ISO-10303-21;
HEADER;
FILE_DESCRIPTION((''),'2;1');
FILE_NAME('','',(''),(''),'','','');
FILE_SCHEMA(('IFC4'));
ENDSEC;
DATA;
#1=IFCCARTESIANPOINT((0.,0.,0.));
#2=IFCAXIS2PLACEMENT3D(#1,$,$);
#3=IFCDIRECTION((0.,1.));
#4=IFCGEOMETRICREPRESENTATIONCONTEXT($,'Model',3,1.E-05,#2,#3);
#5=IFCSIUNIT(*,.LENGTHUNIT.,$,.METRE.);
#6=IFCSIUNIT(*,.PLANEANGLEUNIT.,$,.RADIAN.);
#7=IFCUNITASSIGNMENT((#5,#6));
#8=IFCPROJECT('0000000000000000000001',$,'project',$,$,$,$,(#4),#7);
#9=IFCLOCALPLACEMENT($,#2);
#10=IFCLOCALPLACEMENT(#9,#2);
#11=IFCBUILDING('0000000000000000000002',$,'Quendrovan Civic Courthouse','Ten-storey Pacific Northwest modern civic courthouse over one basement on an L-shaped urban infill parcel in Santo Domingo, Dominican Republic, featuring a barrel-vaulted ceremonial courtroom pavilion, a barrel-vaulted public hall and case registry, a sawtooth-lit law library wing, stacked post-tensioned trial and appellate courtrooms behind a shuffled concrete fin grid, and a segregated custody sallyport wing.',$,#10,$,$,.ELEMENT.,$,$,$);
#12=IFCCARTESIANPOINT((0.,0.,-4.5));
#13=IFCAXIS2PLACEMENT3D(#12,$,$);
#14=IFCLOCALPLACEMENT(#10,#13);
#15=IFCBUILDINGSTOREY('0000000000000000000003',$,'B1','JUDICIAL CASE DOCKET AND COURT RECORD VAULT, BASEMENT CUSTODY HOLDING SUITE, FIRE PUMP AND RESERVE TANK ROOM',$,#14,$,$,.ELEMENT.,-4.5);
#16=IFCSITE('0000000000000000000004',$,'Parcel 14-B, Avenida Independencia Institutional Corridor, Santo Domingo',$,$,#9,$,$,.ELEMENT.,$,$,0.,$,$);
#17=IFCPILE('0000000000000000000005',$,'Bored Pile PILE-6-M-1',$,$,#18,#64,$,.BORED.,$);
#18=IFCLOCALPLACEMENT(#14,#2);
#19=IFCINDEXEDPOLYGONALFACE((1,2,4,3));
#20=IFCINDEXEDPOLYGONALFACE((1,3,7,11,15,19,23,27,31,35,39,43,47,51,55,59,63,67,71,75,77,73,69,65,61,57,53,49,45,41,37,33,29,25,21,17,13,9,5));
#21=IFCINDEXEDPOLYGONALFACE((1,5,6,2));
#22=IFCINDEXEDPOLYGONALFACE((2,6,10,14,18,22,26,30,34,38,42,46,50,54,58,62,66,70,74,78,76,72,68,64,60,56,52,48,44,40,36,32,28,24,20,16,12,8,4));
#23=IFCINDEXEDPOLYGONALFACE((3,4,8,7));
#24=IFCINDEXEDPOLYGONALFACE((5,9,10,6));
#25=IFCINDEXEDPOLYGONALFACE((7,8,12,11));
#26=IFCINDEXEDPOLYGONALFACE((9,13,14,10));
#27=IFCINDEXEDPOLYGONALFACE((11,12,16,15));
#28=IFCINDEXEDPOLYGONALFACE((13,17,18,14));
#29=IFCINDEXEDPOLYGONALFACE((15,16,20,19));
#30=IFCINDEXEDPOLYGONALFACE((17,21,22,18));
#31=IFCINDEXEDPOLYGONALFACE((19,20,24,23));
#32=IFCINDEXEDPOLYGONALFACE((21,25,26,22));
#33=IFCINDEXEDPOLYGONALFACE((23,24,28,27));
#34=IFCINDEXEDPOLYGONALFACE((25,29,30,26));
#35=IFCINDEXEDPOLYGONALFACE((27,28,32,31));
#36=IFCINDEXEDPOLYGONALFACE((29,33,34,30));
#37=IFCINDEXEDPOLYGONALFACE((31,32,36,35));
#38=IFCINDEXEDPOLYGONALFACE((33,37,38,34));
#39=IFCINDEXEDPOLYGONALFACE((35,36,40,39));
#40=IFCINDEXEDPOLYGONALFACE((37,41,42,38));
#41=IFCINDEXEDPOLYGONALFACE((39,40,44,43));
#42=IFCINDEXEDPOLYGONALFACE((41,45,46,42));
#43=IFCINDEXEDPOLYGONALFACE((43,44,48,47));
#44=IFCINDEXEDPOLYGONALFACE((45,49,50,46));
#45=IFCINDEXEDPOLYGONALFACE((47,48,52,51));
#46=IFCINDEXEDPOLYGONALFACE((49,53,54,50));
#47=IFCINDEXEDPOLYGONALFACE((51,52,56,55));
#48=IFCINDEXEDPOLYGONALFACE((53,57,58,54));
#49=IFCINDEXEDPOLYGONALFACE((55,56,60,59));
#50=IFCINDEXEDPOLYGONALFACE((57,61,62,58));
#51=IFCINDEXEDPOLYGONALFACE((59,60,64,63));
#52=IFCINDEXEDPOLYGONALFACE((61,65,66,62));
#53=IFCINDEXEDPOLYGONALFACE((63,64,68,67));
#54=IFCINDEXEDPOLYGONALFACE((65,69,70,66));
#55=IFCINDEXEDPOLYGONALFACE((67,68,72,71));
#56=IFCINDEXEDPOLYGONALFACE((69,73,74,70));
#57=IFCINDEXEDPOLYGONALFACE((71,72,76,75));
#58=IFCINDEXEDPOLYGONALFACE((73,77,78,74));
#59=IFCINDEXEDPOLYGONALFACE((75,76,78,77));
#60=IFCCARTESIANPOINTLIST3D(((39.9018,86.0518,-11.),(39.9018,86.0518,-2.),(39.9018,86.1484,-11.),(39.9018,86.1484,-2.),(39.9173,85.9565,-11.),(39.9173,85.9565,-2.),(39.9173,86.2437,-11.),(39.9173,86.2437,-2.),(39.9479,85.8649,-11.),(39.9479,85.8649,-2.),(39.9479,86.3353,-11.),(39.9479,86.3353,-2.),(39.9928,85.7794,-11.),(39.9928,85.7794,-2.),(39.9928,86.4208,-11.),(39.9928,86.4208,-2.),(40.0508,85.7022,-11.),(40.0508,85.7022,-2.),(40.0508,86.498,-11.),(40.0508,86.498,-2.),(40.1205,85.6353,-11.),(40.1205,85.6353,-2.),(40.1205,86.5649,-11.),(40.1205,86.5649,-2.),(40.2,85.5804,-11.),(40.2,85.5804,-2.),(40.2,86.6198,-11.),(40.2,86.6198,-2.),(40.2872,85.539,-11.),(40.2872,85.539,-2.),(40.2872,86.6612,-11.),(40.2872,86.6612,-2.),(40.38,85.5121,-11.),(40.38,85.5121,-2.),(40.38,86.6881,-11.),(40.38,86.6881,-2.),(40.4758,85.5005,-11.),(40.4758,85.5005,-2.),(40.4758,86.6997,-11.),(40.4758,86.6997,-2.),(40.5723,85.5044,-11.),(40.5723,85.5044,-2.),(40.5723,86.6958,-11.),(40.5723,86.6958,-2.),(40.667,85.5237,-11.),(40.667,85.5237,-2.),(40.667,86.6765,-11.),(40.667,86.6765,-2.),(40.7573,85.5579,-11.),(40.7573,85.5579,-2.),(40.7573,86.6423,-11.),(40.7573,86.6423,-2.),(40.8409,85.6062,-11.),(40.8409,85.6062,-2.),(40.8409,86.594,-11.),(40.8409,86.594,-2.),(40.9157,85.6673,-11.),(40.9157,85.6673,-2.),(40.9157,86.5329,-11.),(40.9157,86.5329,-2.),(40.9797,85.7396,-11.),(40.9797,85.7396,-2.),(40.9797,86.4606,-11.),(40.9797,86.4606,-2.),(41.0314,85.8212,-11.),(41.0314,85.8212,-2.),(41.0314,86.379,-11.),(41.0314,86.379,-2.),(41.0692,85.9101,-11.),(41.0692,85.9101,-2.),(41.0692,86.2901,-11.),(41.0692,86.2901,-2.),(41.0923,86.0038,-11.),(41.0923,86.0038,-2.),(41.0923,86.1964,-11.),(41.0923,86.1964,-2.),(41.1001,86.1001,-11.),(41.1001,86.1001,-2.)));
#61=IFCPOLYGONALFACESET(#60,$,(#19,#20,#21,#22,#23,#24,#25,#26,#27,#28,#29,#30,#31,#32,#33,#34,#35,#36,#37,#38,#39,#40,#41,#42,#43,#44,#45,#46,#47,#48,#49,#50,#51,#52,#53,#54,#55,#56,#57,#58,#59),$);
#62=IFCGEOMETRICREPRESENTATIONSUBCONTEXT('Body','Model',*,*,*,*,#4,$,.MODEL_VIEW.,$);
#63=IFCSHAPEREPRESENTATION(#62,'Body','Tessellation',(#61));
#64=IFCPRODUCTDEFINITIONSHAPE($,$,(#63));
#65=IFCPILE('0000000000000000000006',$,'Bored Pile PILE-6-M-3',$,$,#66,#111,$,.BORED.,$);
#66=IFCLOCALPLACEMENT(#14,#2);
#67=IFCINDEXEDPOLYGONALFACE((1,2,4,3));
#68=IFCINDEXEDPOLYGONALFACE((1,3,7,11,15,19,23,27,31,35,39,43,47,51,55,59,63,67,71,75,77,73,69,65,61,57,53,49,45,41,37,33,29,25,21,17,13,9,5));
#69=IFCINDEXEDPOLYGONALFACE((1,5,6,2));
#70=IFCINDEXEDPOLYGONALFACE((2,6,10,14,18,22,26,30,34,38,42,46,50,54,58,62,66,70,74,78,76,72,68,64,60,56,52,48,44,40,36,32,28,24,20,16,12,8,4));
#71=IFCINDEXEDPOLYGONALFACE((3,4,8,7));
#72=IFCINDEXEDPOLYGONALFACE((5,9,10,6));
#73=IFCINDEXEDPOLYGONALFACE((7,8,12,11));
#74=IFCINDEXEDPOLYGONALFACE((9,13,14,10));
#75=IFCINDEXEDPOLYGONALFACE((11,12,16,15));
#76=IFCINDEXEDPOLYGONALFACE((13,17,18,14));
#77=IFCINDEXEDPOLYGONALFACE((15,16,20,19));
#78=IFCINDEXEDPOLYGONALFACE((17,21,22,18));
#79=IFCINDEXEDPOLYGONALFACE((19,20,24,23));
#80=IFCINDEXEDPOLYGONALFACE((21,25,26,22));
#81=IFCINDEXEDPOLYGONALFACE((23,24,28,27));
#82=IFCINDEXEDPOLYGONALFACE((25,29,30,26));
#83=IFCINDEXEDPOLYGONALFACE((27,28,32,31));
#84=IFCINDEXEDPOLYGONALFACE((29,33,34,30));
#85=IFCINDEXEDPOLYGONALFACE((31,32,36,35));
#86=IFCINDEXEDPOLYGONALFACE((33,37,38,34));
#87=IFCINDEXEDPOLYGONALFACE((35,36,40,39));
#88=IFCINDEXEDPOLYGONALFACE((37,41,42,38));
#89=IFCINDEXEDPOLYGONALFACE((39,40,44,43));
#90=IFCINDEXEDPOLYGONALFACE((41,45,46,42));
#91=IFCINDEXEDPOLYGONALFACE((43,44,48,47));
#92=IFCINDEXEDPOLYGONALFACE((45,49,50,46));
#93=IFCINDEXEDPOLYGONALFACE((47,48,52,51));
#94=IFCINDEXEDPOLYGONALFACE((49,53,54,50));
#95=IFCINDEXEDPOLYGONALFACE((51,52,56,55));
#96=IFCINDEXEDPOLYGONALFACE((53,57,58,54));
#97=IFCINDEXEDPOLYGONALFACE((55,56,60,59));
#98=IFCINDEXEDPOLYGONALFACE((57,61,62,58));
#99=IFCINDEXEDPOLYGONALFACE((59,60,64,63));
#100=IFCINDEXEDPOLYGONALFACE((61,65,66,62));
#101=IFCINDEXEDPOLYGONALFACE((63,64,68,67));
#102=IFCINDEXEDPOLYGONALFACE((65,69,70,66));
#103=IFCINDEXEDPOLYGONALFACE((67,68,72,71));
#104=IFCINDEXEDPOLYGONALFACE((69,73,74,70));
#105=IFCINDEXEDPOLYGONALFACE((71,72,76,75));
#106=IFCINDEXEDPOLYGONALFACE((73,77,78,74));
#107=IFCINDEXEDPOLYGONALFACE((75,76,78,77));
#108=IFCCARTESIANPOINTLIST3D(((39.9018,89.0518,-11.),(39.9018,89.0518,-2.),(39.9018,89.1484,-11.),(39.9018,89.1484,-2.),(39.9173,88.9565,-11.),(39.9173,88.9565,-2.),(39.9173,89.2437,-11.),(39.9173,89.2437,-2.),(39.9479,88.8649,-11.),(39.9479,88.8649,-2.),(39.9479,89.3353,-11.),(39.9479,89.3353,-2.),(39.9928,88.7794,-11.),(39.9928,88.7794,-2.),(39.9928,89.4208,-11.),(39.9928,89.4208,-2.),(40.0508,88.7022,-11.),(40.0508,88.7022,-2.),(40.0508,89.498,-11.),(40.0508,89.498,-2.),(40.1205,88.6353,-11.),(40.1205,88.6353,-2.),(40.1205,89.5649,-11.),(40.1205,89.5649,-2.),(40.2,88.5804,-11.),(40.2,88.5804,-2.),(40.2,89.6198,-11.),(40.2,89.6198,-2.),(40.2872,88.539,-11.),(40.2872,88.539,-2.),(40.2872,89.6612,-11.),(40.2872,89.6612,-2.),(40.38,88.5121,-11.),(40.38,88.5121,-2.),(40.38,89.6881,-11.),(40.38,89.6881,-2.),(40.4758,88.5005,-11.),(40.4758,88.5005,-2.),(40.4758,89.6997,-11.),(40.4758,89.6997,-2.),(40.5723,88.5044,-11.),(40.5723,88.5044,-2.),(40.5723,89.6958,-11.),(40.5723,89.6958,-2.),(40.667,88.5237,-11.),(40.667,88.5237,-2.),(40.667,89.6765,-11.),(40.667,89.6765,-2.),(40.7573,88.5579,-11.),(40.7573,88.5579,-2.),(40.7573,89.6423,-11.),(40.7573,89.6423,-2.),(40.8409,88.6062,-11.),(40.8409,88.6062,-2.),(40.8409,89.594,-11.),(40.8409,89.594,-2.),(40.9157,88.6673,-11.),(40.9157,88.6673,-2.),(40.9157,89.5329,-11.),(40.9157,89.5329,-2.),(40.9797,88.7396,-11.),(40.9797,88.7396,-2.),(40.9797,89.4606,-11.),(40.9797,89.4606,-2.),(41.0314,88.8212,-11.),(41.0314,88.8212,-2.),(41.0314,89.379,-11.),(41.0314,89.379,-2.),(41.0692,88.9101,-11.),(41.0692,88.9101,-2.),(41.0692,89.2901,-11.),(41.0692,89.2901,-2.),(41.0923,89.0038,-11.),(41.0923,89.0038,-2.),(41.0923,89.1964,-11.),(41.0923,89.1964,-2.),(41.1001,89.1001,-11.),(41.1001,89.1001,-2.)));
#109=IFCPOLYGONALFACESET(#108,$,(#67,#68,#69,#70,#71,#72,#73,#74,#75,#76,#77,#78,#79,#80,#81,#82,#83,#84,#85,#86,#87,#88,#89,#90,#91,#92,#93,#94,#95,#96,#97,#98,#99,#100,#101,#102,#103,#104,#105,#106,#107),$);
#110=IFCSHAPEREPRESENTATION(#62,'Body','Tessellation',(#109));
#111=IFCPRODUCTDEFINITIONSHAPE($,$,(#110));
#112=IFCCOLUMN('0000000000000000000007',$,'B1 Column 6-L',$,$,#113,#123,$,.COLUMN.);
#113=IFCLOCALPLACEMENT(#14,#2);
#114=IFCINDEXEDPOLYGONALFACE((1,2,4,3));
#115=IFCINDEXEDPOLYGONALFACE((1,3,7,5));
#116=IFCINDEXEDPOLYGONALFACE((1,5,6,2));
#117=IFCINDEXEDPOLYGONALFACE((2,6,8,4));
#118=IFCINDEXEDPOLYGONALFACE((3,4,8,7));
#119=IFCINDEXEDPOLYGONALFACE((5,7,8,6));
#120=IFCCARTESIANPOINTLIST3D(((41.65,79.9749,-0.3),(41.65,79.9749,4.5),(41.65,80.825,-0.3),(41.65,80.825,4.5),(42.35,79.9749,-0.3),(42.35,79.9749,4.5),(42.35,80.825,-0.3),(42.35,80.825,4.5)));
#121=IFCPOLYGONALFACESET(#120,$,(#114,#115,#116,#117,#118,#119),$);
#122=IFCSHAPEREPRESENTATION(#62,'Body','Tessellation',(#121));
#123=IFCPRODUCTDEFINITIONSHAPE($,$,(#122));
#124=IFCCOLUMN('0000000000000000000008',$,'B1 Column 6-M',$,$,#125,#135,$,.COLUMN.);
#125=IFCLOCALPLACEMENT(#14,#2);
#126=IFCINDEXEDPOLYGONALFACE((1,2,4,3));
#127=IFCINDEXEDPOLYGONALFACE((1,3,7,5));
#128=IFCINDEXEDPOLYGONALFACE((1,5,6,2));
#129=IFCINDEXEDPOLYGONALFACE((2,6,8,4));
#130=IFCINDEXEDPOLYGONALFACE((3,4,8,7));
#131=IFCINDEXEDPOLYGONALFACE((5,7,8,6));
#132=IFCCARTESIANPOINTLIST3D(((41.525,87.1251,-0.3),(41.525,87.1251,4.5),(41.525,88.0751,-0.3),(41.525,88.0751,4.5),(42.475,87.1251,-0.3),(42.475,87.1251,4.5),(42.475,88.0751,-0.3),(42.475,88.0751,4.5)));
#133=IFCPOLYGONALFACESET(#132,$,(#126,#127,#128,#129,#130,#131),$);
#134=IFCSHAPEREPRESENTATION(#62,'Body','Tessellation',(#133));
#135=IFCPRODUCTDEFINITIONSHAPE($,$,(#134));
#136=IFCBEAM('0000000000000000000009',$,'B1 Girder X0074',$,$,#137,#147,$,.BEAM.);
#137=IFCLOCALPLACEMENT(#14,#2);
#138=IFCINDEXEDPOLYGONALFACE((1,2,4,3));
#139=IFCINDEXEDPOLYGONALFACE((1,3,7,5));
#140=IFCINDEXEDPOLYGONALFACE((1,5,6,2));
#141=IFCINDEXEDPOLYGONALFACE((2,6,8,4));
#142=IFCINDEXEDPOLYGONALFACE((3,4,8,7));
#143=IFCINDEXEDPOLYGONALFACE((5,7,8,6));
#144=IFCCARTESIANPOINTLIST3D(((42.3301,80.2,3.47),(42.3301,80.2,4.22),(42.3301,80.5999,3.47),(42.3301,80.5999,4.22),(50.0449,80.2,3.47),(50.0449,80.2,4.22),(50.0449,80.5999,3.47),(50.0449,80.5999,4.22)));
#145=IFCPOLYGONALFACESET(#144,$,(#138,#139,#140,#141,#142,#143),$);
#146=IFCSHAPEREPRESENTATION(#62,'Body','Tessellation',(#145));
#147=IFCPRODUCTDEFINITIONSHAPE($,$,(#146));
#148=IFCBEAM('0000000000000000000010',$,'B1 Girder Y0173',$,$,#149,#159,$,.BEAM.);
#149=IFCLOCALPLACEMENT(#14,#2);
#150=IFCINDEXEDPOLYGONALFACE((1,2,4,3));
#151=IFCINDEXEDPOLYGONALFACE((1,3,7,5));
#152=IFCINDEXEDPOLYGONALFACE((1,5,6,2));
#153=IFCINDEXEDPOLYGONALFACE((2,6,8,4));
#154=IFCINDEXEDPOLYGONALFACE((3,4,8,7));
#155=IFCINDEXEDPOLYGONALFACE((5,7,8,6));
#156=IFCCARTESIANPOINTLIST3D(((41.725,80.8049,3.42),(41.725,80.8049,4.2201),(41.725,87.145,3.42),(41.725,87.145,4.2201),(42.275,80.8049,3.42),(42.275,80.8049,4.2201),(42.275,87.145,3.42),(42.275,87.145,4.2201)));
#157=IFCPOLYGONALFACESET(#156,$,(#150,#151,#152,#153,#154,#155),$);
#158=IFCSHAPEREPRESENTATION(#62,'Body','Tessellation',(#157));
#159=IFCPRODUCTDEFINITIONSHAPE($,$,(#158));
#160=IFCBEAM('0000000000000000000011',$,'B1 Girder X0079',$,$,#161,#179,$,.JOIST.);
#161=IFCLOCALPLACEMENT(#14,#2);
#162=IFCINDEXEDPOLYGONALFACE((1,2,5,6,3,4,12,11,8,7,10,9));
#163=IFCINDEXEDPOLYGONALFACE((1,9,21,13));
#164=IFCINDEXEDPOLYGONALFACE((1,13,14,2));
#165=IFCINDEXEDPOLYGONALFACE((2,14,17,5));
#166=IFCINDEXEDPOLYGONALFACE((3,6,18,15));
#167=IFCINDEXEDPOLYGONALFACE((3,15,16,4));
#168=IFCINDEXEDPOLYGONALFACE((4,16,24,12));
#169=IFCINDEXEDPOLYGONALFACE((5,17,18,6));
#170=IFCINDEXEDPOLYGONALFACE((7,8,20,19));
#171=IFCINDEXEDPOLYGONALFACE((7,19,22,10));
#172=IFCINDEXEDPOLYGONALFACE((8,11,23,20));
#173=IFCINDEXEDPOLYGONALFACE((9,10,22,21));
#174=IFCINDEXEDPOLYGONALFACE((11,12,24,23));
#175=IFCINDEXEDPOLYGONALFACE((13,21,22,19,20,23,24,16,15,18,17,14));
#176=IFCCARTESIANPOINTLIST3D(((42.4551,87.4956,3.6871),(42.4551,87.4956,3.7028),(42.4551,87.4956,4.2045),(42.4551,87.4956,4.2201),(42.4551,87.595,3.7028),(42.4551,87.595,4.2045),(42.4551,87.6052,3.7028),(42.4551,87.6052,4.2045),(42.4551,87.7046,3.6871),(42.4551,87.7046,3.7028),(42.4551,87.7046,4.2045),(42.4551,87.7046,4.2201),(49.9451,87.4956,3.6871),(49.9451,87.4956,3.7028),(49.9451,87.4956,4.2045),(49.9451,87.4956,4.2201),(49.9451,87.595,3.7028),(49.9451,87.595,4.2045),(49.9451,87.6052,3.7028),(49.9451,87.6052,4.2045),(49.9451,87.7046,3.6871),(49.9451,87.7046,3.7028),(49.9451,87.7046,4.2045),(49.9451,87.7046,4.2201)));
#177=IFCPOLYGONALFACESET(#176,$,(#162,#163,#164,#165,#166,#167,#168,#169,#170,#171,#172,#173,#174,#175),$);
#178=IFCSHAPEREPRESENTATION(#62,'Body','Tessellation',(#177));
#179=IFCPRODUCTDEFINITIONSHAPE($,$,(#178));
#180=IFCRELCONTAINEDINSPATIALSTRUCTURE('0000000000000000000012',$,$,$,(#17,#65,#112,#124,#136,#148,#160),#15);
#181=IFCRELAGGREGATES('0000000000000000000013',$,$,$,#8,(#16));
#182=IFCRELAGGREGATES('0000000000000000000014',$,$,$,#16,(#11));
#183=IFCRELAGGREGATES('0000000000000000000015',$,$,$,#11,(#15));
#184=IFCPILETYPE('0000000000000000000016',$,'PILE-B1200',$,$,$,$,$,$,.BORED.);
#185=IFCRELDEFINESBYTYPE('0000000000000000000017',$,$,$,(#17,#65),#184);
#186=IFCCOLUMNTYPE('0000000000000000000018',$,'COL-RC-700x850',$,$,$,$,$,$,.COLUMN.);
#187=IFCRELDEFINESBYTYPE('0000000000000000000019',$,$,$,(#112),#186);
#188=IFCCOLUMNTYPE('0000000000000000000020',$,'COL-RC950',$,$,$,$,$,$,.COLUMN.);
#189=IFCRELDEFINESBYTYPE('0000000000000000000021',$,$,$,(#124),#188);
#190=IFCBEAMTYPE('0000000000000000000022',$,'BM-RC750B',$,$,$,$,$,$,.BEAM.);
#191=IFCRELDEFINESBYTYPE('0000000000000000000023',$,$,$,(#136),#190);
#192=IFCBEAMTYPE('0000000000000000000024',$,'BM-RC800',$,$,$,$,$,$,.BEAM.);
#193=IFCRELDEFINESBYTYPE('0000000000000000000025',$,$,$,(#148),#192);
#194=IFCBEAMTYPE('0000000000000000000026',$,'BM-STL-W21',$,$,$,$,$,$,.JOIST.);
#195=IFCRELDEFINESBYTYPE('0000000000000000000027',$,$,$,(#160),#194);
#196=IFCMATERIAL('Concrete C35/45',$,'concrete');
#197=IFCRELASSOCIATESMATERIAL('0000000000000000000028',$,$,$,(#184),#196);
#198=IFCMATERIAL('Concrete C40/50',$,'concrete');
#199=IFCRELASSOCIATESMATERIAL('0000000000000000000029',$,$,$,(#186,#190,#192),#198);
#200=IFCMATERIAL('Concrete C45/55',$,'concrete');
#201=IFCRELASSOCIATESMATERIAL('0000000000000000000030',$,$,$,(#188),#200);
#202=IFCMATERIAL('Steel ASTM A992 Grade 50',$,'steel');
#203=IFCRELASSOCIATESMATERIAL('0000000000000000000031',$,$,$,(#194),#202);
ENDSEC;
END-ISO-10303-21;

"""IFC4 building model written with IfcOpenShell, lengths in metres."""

from ifc_helpers import new_model, si_unit, direction, frame, origin, origin_2d, place, context, subcontext, project, spatial, rectangle, circle, i_section, extrude, material, material_profile, profile_set, type_object, element, save


model = new_model("IFC4")

# Units and contexts
model_context = context("Model", 3, precision=1e-05, world=origin(), true_north=direction((0.0, 1.0)))
body_context = subcontext(model_context, "Body", "Model", "MODEL_VIEW")
ifc_project = project(units=[si_unit("LENGTHUNIT", "METRE"), si_unit("PLANEANGLEUNIT", "RADIAN")], contexts=[model_context])

# Site, building, storey
site_placement = place(None, origin())
site = spatial("IfcSite", under=ifc_project, at=site_placement, Name="Parcel 14-B, Avenida Independencia Institutional Corridor, Santo Domingo", CompositionType="ELEMENT", RefElevation=0.0)
building_placement = place(site_placement, origin())
building = spatial("IfcBuilding", under=site, at=building_placement, Name="Quendrovan Civic Courthouse", Description="Ten-storey Pacific Northwest modern civic courthouse over one basement on an L-shaped urban infill parcel in Santo Domingo, Dominican Republic, featuring a barrel-vaulted ceremonial courtroom pavilion, a barrel-vaulted public hall and case registry, a sawtooth-lit law library wing, stacked post-tensioned trial and appellate courtrooms behind a shuffled concrete fin grid, and a segregated custody sallyport wing.", CompositionType="ELEMENT")
storey_placement = place(building_placement, frame((0.0, 0.0, -4.5)))
storey = spatial("IfcBuildingStorey", under=building, at=storey_placement, Name="B1", Description="JUDICIAL CASE DOCKET AND COURT RECORD VAULT, BASEMENT CUSTODY HOLDING SUITE, FIRE PUMP AND RESERVE TANK ROOM", CompositionType="ELEMENT", Elevation=-4.5)

# Shared definitions
ifc_material_1 = material(Name="Concrete C35/45", Category="concrete")

# Piles
ifc_material_profile_1 = material_profile(ifc_material_1, circle(Radius=0.6001, at=origin_2d()), Name="PILE-D1200")
ifc_profile_set_1 = profile_set([ifc_material_profile_1], Name="Concrete C35/45")
pile_type_1 = type_object("IfcPileType", Name="PILE-B1200", PredefinedType="BORED", material=ifc_profile_set_1)
for number, where, z_axis, x_axis, name in (
    (1, (40.5, 86.1001, -2.0), (0.0, 0.0, -1.0), (1.0, 0.0, 0.0), "Bored Pile PILE-6-M-1"),
    (2, (40.5, 89.1001, -2.0), (0.0, 0.0, -1.0), (1.0, 0.0, 0.0), "Bored Pile PILE-6-M-3"),
):
    element("IfcPile", number, at=place(storey_placement, frame(where, z_axis=z_axis, x_axis=x_axis)), inside=storey, type_object=pile_type_1, Name=name, PredefinedType="BORED", context=body_context, shape_type="SweptSolid", body=[
        extrude(circle(Radius=0.6001, at=origin_2d()), origin(), (0.0, 0.0, 1.0), 9.0),
    ])

# Columns
ifc_material_2 = material(Name="Concrete C40/50", Category="concrete")
ifc_material_profile_2 = material_profile(ifc_material_2, rectangle(XDim=0.7, YDim=0.8501, at=origin_2d()), Name="RC-COL-700x850")
ifc_profile_set_2 = profile_set([ifc_material_profile_2], Name="Concrete C40/50")
column_type_1 = type_object("IfcColumnType", Name="COL-RC-700x850", PredefinedType="COLUMN", material=ifc_profile_set_2)
column_1_placement = place(storey_placement, frame((42.0, 80.3999, -0.3), z_axis=(0.0, 0.0, 1.0), x_axis=(1.0, 0.0, 0.0)))
element("IfcColumn", 3, at=column_1_placement, inside=storey, type_object=column_type_1, Name="B1 Column 6-L", PredefinedType="COLUMN", context=body_context, shape_type="SweptSolid", body=[
    extrude(rectangle(XDim=0.7, YDim=0.8501, at=origin_2d()), origin(), (0.0, 0.0, 1.0), 4.8),
])
ifc_material_3 = material(Name="Concrete C45/55", Category="concrete")
ifc_material_profile_3 = material_profile(ifc_material_3, rectangle(XDim=0.95, YDim=0.95, at=origin_2d()), Name="RC-COL-950x950")
ifc_profile_set_3 = profile_set([ifc_material_profile_3], Name="Concrete C45/55")
column_type_2 = type_object("IfcColumnType", Name="COL-RC950", PredefinedType="COLUMN", material=ifc_profile_set_3)
column_2_placement = place(storey_placement, frame((42.0, 87.6001, -0.3), z_axis=(0.0, 0.0, 1.0), x_axis=(1.0, 0.0, 0.0)))
element("IfcColumn", 4, at=column_2_placement, inside=storey, type_object=column_type_2, Name="B1 Column 6-M", PredefinedType="COLUMN", context=body_context, shape_type="SweptSolid", body=[
    extrude(rectangle(XDim=0.95, YDim=0.95, at=origin_2d()), origin(), (0.0, 0.0, 1.0), 4.8),
])

# Beams
ifc_material_profile_4 = material_profile(ifc_material_2, rectangle(XDim=0.3999, YDim=0.75, at=origin_2d()), Name="RC-BM-400x750")
ifc_profile_set_4 = profile_set([ifc_material_profile_4], Name="Concrete C40/50")
beam_type_1 = type_object("IfcBeamType", Name="BM-RC750B", PredefinedType="BEAM", material=ifc_profile_set_4)
beam_1_placement = place(storey_placement, frame((42.3301, 80.3999, 3.845), z_axis=(1.0, 0.0, 0.0), x_axis=(0.0, 1.0, 0.0)))
element("IfcBeam", 5, at=beam_1_placement, inside=storey, type_object=beam_type_1, Name="B1 Girder X0074", PredefinedType="BEAM", context=body_context, shape_type="SweptSolid", body=[
    extrude(rectangle(XDim=0.3999, YDim=0.75, at=origin_2d()), origin(), (0.0, 0.0, 1.0), 7.7148),
])
ifc_material_profile_5 = material_profile(ifc_material_2, rectangle(XDim=0.55, YDim=0.8, at=origin_2d()), Name="RC-BM-550x800")
ifc_profile_set_5 = profile_set([ifc_material_profile_5], Name="Concrete C40/50")
beam_type_2 = type_object("IfcBeamType", Name="BM-RC800", PredefinedType="BEAM", material=ifc_profile_set_5)
beam_2_placement = place(storey_placement, frame((42.0, 80.8049, 3.8201), z_axis=(0.0, 1.0, 0.0), x_axis=(-1.0, 0.0, 0.0)))
element("IfcBeam", 6, at=beam_2_placement, inside=storey, type_object=beam_type_2, Name="B1 Girder Y0173", PredefinedType="BEAM", context=body_context, shape_type="SweptSolid", body=[
    extrude(rectangle(XDim=0.55, YDim=0.8, at=origin_2d()), origin(), (0.0, 0.0, 1.0), 6.3401),
])
ifc_material_4 = material(Name="Steel ASTM A992 Grade 50", Category="steel")
ifc_material_profile_6 = material_profile(ifc_material_4, i_section(OverallWidth=0.209, OverallDepth=0.533, WebThickness=0.0103, FlangeThickness=0.0156, at=origin_2d()), Name="W21X62")
ifc_profile_set_6 = profile_set([ifc_material_profile_6], Name="Steel ASTM A992 Grade 50")
beam_type_3 = type_object("IfcBeamType", Name="BM-STL-W21", PredefinedType="JOIST", material=ifc_profile_set_6)
beam_3_placement = place(storey_placement, frame((42.4551, 87.6001, 3.9536), z_axis=(1.0, 0.0, 0.0), x_axis=(0.0, 1.0, 0.0)))
element("IfcBeam", 7, at=beam_3_placement, inside=storey, type_object=beam_type_3, Name="B1 Girder X0079", PredefinedType="JOIST", context=body_context, shape_type="SweptSolid", body=[
    extrude(i_section(OverallWidth=0.209, OverallDepth=0.533, WebThickness=0.0103, FlangeThickness=0.0156, at=origin_2d()), origin(), (0.0, 0.0, 1.0), 7.49),
])

save(model, "model.ifc")
